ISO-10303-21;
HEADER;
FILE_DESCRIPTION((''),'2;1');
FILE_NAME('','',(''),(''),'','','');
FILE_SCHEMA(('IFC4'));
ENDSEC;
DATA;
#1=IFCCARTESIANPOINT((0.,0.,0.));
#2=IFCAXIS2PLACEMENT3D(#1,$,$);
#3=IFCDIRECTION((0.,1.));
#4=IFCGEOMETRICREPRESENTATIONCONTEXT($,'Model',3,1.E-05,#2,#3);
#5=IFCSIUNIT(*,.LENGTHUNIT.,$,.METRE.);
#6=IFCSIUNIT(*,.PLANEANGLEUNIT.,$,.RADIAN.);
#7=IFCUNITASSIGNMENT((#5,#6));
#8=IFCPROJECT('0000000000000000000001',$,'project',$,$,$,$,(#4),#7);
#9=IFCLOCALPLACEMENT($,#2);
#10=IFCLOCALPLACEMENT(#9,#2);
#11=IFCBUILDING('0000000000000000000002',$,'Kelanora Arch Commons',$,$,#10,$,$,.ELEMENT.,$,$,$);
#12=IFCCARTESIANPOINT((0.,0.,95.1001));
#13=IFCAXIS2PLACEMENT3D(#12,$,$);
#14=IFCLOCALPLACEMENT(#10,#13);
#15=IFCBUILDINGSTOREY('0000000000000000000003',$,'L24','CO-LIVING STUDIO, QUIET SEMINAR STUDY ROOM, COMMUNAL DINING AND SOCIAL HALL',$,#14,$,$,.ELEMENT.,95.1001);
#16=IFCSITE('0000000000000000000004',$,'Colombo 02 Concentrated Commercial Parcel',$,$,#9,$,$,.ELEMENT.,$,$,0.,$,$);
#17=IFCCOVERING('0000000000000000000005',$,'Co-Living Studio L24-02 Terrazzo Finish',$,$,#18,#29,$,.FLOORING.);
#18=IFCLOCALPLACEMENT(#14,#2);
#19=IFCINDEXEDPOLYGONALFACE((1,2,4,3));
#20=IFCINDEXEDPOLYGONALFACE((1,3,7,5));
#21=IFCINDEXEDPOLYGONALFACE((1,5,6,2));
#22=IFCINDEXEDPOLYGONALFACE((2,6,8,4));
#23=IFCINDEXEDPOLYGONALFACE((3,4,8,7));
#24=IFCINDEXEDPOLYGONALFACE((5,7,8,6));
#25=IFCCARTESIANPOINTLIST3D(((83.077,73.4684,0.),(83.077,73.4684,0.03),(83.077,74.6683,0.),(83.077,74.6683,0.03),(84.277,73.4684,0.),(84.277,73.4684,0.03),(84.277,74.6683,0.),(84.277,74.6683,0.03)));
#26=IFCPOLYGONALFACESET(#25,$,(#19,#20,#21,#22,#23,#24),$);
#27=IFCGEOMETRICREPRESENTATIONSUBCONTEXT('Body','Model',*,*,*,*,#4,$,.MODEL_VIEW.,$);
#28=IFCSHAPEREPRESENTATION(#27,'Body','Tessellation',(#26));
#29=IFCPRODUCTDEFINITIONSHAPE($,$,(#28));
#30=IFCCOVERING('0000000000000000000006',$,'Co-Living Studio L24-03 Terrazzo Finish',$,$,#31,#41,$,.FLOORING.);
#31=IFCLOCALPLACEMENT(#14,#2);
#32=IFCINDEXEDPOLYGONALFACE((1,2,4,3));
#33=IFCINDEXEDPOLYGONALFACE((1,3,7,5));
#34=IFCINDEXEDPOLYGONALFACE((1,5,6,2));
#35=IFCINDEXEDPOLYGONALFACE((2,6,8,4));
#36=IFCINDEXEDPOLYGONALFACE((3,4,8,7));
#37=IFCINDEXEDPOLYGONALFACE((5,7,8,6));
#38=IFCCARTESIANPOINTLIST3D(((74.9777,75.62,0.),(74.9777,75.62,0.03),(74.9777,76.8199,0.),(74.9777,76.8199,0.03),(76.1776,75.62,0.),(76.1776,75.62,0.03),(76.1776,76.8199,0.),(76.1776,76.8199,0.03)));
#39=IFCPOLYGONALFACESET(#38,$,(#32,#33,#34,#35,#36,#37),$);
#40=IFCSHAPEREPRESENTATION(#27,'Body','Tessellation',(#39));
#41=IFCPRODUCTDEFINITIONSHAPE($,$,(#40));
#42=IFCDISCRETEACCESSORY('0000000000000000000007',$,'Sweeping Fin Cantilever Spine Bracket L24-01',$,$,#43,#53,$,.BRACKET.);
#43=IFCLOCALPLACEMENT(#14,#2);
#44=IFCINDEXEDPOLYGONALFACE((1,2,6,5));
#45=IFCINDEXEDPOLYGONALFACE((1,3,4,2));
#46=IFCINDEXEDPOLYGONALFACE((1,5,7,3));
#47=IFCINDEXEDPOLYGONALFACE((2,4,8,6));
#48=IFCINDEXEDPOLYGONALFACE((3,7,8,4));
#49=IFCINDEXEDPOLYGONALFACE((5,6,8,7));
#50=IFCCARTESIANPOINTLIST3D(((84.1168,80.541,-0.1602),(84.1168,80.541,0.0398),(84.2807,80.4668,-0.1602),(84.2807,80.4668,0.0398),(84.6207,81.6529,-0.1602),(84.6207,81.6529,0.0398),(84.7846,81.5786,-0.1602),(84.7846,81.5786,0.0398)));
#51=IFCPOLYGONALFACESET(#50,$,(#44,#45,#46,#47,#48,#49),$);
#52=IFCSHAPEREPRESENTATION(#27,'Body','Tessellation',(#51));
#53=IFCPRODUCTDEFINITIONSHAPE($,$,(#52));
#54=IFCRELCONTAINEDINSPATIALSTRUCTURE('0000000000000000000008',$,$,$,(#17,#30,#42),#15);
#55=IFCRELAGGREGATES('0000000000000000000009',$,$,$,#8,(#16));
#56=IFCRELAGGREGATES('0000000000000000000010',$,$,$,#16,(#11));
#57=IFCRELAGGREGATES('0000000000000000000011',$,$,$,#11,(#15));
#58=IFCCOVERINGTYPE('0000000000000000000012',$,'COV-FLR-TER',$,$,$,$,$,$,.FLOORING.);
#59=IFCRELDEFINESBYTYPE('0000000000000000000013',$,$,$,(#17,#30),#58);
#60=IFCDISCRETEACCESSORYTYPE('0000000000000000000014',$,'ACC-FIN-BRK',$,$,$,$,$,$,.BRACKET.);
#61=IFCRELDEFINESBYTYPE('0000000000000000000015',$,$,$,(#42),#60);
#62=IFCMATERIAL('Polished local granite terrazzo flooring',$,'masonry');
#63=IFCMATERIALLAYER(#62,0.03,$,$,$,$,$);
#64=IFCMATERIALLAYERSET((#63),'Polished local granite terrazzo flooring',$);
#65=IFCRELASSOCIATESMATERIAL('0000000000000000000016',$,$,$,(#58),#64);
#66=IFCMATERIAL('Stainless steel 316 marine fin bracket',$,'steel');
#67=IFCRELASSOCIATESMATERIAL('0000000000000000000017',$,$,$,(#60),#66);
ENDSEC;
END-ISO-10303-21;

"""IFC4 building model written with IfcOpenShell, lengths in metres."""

from ifc_helpers import new_model, si_unit, direction, frame, origin, origin_2d, place, context, subcontext, project, spatial, rectangle, extrude, source, transform, mapped, material, layer, layer_set, type_object, element, save


model = new_model("IFC4")

# Units and contexts
model_context = context("Model", 3, precision=1e-05, world=origin(), true_north=direction((0.0, 1.0)))
body_context = subcontext(model_context, "Body", "Model", "MODEL_VIEW")
ifc_project = project(units=[si_unit("LENGTHUNIT", "METRE"), si_unit("PLANEANGLEUNIT", "RADIAN")], contexts=[model_context])

# Site, building, storey
site_placement = place(None, origin())
site = spatial("IfcSite", under=ifc_project, at=site_placement, Name="Colombo 02 Concentrated Commercial Parcel", CompositionType="ELEMENT", RefElevation=0.0)
building_placement = place(site_placement, origin())
building = spatial("IfcBuilding", under=site, at=building_placement, Name="Kelanora Arch Commons", CompositionType="ELEMENT")
storey_placement = place(building_placement, frame((0.0, 0.0, 95.1001)))
storey = spatial("IfcBuildingStorey", under=building, at=storey_placement, Name="L24", Description="CO-LIVING STUDIO, QUIET SEMINAR STUDY ROOM, COMMUNAL DINING AND SOCIAL HALL", CompositionType="ELEMENT", Elevation=95.1001)

# Coverings
ifc_material_1 = material(Name="Polished local granite terrazzo flooring", Category="masonry")
ifc_layer_1 = layer(ifc_material_1, 0.03)
ifc_layer_set_1 = layer_set([ifc_layer_1], Name="Polished local granite terrazzo flooring")
covering_type = type_object("IfcCoveringType", Name="COV-FLR-TER", PredefinedType="FLOORING", material=ifc_layer_set_1)
shared_shape_1 = source(origin(), body_context, "Body", "SweptSolid", [
    extrude(rectangle(XDim=1.2, YDim=1.2, at=origin_2d()), origin(), (0.0, 0.0, 1.0), 0.03),
])
for number, where, z_axis, x_axis, name in (
    (1, (83.677, 74.0684, 0.0), (0.0, 0.0, 1.0), (1.0, 0.0, 0.0), "Co-Living Studio L24-02 Terrazzo Finish"),
    (2, (75.5776, 76.22, 0.0), (0.0, 0.0, 1.0), (1.0, 0.0, 0.0), "Co-Living Studio L24-03 Terrazzo Finish"),
):
    element("IfcCovering", number, at=place(storey_placement, frame(where, z_axis=z_axis, x_axis=x_axis)), inside=storey, type_object=covering_type, Name=name, PredefinedType="FLOORING", context=body_context, shape_type="MappedRepresentation", body=[
        mapped(shared_shape_1, transform((0.0, 0.0, 0.0), scale=1.0)),
    ])

# Discrete accessory
ifc_material_2 = material(Name="Stainless steel 316 marine fin bracket", Category="steel")
discrete_accessory_type = type_object("IfcDiscreteAccessoryType", Name="ACC-FIN-BRK", PredefinedType="BRACKET", material=ifc_material_2)
shared_shape_2 = source(origin(), body_context, "Body", "SweptSolid", [
    extrude(rectangle(XDim=1.2207, YDim=0.1799, at=origin_2d()), origin(), (0.0, 0.0, 1.0), 0.2),
])
discrete_accessory_placement = place(storey_placement, frame((84.4507, 81.0598, -0.1602), z_axis=(0.0, 0.0, 1.0), x_axis=(0.412787, 0.910828, 0.0)))
element("IfcDiscreteAccessory", 3, at=discrete_accessory_placement, inside=storey, type_object=discrete_accessory_type, Name="Sweeping Fin Cantilever Spine Bracket L24-01", PredefinedType="BRACKET", context=body_context, shape_type="MappedRepresentation", body=[
    mapped(shared_shape_2, transform((0.0, 0.0, 0.0), scale=1.0)),
])

save(model, "model.ifc")
